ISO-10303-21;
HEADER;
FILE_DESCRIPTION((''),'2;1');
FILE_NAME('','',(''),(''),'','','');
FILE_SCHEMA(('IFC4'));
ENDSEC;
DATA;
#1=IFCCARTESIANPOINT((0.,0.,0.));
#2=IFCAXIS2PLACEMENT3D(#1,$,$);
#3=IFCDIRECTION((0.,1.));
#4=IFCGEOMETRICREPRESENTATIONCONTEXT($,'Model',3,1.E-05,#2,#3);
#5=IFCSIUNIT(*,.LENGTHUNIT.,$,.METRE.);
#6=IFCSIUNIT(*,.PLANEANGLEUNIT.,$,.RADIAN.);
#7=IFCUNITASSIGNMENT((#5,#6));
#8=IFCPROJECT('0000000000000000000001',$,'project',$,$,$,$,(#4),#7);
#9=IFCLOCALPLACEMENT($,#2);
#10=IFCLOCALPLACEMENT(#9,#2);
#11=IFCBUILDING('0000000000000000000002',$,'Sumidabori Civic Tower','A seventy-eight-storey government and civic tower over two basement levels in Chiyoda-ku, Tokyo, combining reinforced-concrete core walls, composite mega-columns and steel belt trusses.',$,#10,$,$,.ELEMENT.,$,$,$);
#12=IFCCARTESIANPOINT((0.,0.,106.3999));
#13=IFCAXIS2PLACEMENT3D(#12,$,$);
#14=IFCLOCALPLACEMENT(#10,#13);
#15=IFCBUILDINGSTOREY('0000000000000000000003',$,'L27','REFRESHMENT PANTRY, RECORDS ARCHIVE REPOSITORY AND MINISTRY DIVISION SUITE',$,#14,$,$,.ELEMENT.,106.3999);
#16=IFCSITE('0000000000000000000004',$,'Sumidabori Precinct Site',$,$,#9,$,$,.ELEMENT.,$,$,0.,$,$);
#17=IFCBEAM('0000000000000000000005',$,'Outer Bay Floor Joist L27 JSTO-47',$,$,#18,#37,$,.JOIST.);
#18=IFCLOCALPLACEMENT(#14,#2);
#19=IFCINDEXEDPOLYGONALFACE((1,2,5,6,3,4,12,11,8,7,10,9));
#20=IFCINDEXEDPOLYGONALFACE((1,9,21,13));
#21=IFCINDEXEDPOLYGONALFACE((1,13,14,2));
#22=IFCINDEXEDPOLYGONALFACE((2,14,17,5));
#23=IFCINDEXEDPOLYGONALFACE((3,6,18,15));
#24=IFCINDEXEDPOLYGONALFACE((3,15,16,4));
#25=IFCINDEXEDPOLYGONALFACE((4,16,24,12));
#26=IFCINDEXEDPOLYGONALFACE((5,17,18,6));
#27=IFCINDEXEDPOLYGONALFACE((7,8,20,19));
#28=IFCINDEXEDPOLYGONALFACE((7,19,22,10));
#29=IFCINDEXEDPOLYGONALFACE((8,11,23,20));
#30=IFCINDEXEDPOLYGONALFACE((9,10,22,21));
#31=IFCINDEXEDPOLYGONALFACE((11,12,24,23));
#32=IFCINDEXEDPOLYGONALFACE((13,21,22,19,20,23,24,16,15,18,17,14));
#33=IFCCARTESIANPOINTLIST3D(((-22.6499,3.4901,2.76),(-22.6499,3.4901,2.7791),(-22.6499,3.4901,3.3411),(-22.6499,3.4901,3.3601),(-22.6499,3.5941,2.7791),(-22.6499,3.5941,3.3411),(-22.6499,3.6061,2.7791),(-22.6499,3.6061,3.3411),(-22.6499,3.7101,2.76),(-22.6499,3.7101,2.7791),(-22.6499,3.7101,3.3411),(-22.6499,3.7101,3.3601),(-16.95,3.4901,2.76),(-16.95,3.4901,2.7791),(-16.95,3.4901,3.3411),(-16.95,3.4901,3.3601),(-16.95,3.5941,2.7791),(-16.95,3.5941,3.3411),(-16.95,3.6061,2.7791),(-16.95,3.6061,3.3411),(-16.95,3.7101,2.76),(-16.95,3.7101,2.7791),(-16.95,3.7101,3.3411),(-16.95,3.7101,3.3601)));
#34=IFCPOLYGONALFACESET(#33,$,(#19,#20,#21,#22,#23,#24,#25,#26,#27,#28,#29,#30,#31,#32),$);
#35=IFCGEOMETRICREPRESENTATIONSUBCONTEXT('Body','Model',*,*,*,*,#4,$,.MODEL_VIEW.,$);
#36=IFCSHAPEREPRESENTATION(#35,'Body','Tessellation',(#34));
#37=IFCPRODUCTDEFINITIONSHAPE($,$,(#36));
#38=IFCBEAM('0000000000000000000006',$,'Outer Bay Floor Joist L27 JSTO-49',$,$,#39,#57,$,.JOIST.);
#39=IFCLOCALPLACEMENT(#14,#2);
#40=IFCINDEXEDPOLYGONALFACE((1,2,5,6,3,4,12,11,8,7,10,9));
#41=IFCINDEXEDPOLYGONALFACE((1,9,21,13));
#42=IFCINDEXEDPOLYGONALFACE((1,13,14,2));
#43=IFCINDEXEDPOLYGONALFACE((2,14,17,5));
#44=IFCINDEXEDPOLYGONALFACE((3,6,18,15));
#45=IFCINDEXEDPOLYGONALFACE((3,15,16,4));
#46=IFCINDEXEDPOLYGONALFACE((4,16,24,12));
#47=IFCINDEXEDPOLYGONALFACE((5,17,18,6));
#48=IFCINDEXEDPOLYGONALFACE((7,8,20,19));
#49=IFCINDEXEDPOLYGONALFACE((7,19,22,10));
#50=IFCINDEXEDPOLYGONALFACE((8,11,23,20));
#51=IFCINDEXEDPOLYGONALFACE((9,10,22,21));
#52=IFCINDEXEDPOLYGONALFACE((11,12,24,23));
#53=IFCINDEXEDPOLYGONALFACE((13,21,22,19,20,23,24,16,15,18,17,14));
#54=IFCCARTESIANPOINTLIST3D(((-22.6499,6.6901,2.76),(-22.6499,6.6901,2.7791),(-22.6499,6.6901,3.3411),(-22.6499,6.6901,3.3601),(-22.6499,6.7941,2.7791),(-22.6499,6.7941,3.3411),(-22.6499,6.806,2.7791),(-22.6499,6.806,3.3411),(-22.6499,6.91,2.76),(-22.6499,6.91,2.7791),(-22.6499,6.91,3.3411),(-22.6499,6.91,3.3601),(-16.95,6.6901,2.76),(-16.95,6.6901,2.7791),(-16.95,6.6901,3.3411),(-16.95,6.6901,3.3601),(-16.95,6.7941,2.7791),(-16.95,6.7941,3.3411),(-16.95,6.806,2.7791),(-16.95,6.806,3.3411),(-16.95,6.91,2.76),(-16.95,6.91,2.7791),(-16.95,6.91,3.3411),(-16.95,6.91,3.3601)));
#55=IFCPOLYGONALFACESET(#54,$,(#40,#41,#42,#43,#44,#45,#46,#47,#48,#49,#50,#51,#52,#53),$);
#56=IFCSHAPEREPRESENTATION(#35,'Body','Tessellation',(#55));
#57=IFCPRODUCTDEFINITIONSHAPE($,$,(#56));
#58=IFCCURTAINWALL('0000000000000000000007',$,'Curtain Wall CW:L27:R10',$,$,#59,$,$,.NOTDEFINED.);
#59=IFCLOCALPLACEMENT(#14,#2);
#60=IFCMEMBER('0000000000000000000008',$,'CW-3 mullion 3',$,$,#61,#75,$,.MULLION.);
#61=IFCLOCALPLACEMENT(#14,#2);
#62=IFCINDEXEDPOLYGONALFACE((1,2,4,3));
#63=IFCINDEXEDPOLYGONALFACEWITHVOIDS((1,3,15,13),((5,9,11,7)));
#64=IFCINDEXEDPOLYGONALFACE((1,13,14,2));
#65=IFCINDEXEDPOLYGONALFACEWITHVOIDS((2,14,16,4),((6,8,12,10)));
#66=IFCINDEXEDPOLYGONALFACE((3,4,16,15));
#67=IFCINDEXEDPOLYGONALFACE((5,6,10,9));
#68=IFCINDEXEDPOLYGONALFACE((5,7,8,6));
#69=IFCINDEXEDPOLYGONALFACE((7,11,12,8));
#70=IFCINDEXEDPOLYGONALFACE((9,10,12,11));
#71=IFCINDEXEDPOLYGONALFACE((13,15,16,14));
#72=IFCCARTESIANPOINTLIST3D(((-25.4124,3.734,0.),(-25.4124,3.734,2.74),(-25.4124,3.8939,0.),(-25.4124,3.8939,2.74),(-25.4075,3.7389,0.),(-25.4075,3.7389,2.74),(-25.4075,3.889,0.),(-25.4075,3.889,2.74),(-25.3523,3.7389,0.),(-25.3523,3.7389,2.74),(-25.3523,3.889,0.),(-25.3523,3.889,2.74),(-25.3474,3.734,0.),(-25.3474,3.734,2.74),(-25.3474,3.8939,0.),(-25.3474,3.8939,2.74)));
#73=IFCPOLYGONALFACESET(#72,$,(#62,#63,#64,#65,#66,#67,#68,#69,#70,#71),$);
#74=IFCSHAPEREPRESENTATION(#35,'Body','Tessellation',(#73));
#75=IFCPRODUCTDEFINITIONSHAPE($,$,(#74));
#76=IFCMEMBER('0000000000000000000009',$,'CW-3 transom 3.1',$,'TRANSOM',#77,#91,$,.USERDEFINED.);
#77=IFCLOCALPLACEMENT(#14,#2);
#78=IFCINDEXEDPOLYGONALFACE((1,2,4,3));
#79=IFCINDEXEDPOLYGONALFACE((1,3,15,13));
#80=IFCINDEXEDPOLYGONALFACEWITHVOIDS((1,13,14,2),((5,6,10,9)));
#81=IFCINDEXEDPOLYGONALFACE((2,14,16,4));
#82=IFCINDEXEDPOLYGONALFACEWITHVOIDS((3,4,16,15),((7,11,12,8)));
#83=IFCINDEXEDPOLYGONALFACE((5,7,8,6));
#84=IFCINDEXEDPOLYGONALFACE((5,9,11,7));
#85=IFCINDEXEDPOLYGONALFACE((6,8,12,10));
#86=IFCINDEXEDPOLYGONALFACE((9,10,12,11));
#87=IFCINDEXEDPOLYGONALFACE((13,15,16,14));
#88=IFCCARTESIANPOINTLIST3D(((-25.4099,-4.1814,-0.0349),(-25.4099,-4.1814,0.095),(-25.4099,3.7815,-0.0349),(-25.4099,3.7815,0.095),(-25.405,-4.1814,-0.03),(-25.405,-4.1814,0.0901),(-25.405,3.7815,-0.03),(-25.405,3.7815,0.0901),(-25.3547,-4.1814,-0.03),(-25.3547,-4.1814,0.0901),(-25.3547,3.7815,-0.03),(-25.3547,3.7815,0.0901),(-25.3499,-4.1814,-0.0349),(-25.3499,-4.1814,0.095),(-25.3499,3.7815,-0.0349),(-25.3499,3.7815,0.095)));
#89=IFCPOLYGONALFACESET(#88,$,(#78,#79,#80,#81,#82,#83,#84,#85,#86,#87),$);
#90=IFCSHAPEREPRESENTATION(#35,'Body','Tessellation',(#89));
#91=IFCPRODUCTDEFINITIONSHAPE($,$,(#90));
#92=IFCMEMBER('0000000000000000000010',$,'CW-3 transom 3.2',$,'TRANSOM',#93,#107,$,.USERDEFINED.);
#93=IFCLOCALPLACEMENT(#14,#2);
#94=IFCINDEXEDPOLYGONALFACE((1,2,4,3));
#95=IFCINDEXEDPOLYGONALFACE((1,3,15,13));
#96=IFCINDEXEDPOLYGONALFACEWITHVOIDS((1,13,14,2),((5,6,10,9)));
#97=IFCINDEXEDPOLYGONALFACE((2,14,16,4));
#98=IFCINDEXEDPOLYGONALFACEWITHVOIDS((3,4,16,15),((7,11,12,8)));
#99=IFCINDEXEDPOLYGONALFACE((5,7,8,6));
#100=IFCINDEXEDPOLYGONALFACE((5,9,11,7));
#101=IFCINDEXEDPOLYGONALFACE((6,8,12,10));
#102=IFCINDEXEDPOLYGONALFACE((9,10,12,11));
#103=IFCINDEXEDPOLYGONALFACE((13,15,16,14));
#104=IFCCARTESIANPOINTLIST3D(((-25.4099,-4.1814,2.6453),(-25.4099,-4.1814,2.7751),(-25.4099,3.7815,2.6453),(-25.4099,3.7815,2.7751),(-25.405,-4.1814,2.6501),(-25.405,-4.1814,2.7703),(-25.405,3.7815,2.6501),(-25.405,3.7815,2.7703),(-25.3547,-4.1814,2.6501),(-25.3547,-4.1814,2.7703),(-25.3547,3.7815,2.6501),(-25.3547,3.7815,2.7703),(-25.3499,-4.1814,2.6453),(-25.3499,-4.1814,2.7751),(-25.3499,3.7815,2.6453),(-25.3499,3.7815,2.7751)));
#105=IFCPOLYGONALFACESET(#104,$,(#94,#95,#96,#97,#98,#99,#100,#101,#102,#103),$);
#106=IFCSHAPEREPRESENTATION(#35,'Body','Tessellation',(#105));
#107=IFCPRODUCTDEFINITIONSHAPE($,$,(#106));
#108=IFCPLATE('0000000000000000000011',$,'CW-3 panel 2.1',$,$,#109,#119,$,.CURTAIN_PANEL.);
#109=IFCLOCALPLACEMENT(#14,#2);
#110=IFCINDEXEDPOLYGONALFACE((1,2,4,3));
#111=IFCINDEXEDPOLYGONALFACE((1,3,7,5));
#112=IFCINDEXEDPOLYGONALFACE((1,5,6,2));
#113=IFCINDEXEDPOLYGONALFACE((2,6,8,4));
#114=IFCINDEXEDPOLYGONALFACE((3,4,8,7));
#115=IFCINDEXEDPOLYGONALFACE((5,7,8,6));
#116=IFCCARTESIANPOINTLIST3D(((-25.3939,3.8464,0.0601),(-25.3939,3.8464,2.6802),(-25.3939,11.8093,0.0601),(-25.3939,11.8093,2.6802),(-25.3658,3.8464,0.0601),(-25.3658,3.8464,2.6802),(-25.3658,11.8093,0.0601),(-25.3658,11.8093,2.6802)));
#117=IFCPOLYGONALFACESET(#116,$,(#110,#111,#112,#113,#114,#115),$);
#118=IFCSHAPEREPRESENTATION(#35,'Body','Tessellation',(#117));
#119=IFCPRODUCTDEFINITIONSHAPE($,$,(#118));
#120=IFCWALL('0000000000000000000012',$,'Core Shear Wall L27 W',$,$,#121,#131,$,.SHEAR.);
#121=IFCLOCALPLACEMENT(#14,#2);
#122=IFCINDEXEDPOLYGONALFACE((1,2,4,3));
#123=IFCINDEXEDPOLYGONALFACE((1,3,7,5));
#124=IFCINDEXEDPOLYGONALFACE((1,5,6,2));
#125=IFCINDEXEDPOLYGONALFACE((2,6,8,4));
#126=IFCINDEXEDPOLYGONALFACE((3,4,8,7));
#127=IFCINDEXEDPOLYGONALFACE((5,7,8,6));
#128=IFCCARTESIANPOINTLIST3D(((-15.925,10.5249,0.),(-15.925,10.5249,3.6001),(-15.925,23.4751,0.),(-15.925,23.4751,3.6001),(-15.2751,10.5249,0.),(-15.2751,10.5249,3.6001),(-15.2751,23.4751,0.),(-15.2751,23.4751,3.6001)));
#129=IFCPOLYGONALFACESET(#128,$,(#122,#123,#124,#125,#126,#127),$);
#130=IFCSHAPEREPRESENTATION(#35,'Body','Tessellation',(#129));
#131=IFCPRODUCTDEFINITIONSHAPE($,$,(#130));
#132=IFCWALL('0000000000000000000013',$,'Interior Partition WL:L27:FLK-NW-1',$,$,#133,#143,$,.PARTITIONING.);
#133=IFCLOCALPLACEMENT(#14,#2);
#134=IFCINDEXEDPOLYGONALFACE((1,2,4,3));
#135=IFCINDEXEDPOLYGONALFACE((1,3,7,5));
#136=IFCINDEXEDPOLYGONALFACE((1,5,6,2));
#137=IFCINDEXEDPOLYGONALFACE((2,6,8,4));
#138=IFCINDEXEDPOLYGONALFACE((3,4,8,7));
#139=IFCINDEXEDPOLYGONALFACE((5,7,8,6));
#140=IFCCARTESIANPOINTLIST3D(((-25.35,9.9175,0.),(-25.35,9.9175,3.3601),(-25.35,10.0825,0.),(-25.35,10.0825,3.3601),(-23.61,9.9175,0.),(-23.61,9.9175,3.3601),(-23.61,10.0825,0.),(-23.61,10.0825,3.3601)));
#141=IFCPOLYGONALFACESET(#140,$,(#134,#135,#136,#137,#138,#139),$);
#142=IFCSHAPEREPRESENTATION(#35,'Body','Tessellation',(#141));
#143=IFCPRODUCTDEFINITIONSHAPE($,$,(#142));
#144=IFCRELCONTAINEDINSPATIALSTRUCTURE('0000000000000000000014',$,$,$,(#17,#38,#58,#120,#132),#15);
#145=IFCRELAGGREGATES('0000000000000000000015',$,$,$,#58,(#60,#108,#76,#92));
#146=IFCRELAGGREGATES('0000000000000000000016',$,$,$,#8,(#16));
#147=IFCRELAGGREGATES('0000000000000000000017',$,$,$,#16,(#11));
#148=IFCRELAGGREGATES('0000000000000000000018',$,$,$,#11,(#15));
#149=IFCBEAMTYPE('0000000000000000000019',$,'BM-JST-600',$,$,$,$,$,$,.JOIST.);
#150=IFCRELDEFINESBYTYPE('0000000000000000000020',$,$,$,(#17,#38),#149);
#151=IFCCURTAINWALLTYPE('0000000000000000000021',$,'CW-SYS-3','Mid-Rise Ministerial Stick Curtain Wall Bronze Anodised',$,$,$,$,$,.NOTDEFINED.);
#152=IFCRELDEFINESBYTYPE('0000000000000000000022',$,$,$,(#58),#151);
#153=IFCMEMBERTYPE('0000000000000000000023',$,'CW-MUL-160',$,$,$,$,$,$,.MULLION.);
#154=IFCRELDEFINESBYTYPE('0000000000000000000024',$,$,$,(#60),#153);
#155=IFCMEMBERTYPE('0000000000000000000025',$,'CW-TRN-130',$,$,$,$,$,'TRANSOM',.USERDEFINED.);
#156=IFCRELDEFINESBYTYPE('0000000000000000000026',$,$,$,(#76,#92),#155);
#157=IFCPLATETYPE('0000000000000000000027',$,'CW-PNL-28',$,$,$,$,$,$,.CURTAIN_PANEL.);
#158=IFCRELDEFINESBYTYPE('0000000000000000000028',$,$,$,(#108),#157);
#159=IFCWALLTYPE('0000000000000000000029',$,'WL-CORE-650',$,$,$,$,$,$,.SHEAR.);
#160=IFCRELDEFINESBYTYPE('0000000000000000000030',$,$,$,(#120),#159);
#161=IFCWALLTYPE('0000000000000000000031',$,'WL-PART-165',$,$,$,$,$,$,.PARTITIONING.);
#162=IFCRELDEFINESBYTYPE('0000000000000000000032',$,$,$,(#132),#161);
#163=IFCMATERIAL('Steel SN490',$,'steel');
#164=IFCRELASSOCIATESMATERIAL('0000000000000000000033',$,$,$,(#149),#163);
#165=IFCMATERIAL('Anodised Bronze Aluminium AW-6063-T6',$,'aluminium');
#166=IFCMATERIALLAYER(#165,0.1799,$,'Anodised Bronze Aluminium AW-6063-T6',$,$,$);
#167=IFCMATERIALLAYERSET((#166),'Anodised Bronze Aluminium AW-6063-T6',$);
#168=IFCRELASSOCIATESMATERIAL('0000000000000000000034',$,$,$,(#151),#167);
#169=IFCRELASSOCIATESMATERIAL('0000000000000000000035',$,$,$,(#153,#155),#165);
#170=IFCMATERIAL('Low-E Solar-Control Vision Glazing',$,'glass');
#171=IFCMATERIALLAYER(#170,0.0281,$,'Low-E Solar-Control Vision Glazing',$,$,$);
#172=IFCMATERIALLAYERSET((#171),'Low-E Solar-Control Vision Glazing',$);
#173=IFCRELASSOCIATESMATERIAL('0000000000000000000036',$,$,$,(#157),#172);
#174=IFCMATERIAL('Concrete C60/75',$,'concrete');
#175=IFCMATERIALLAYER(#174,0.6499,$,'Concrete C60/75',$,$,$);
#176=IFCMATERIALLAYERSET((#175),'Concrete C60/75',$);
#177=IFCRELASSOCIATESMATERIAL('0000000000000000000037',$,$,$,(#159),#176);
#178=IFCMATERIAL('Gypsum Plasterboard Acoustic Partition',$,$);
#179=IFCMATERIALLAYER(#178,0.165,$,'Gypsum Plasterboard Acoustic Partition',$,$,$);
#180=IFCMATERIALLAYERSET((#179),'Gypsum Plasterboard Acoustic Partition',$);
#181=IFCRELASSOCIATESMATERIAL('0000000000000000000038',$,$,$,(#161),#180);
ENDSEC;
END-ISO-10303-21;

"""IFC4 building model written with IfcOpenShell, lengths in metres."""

from ifc_helpers import new_model, si_unit, direction, frame, frame_2d, origin, origin_2d, place, context, subcontext, project, spatial, rectangle, hollow_rectangle, i_section, extrude, source, transform, mapped, material, layer, layer_set, material_profile, profile_set, type_object, element, aggregate, save


model = new_model("IFC4")

# Units and contexts
model_context = context("Model", 3, precision=1e-05, world=origin(), true_north=direction((0.0, 1.0)))
body_context = subcontext(model_context, "Body", "Model", "MODEL_VIEW")
ifc_project = project(units=[si_unit("LENGTHUNIT", "METRE"), si_unit("PLANEANGLEUNIT", "RADIAN")], contexts=[model_context])

# Site, building, storey
site_placement = place(None, origin())
site = spatial("IfcSite", under=ifc_project, at=site_placement, Name="Sumidabori Precinct Site", CompositionType="ELEMENT", RefElevation=0.0)
building_placement = place(site_placement, origin())
building = spatial("IfcBuilding", under=site, at=building_placement, Name="Sumidabori Civic Tower", Description="A seventy-eight-storey government and civic tower over two basement levels in Chiyoda-ku, Tokyo, combining reinforced-concrete core walls, composite mega-columns and steel belt trusses.", CompositionType="ELEMENT")
storey_placement = place(building_placement, frame((0.0, 0.0, 106.3999)))
storey = spatial("IfcBuildingStorey", under=building, at=storey_placement, Name="L27", Description="REFRESHMENT PANTRY, RECORDS ARCHIVE REPOSITORY AND MINISTRY DIVISION SUITE", CompositionType="ELEMENT", Elevation=106.3999)

# Shared definitions
ifc_material_1 = material(Name="Concrete C60/75", Category="concrete")

# Beams
ifc_material_2 = material(Name="Steel SN490", Category="steel")
ifc_material_profile_1 = material_profile(ifc_material_2, i_section(OverallWidth=0.22, OverallDepth=0.6001, WebThickness=0.012, FlangeThickness=0.019, at=origin_2d()), Name="IPE 600")
ifc_profile_set_1 = profile_set([ifc_material_profile_1], Name="Steel SN490")
beam_type_1 = type_object("IfcBeamType", Name="BM-JST-600", PredefinedType="JOIST", material=ifc_profile_set_1)
shared_shape_1 = source(origin(), body_context, "Body", "SweptSolid", [
    extrude(i_section(OverallWidth=0.22, OverallDepth=0.6001, WebThickness=0.012, FlangeThickness=0.019, at=origin_2d()), origin(), (0.0, 0.0, 1.0), 5.7),
])
for number, where, z_axis, x_axis, name in (
    (1, (-22.6499, 3.6001, 3.0601), (1.0, 0.0, 0.0), (0.0, 1.0, 0.0), "Outer Bay Floor Joist L27 JSTO-47"),
    (2, (-22.6499, 6.8, 3.0601), (1.0, 0.0, 0.0), (0.0, 1.0, 0.0), "Outer Bay Floor Joist L27 JSTO-49"),
):
    element("IfcBeam", number, at=place(storey_placement, frame(where, z_axis=z_axis, x_axis=x_axis)), inside=storey, type_object=beam_type_1, Name=name, PredefinedType="JOIST", context=body_context, shape_type="MappedRepresentation", body=[
        mapped(shared_shape_1, transform((0.0, 0.0, 0.0), x_axis=(1.0, 0.0, 0.0), y_axis=(0.0, 1.0, 0.0), z_axis=(0.0, 0.0, 1.0), scale=1.0)),
    ])

# Curtain wall, members, plate
ifc_material_3 = material(Name="Anodised Bronze Aluminium AW-6063-T6", Category="aluminium")
ifc_layer_1 = layer(ifc_material_3, 0.1799, Name="Anodised Bronze Aluminium AW-6063-T6")
ifc_layer_set_1 = layer_set([ifc_layer_1], Name="Anodised Bronze Aluminium AW-6063-T6")
curtain_wall_type = type_object("IfcCurtainWallType", Name="CW-SYS-3", Description="Mid-Rise Ministerial Stick Curtain Wall Bronze Anodised", PredefinedType="NOTDEFINED", material=ifc_layer_set_1)
curtain_wall_placement = place(storey_placement, origin())
curtain_wall = element("IfcCurtainWall", 3, at=curtain_wall_placement, inside=storey, type_object=curtain_wall_type, Name="Curtain Wall CW:L27:R10", PredefinedType="NOTDEFINED")
ifc_material_profile_2 = material_profile(ifc_material_3, hollow_rectangle(XDim=0.0649, YDim=0.1599, WallThickness=0.0049, at=origin_2d()), Name="ALU MULLION 160x65")
ifc_profile_set_2 = profile_set([ifc_material_profile_2], Name="Anodised Bronze Aluminium AW-6063-T6")
member_type_1 = type_object("IfcMemberType", Name="CW-MUL-160", PredefinedType="MULLION", material=ifc_profile_set_2)
shared_shape_2 = source(origin(), body_context, "Body", "SweptSolid", [
    extrude(hollow_rectangle(XDim=0.0649, YDim=0.1599, WallThickness=0.0049, at=origin_2d()), origin(), (0.0, 0.0, 1.0), 2.74),
])
member_1_placement = place(storey_placement, frame((-25.3799, 3.814, 0.0), z_axis=(0.0, 0.0, 1.0), x_axis=(1.0, 0.0, 0.0)))
member_1 = element("IfcMember", 4, at=member_1_placement, type_object=member_type_1, Name="CW-3 mullion 3", PredefinedType="MULLION", context=body_context, shape_type="MappedRepresentation", body=[
    mapped(shared_shape_2, transform((0.0, 0.0, 0.0), x_axis=(1.0, 0.0, 0.0), y_axis=(0.0, 1.0, 0.0), z_axis=(0.0, 0.0, 1.0), scale=1.0)),
])
ifc_material_profile_3 = material_profile(ifc_material_3, hollow_rectangle(XDim=0.0601, YDim=0.1299, WallThickness=0.0049, at=origin_2d()), Name="ALU TRANSOM 130x60")
ifc_profile_set_3 = profile_set([ifc_material_profile_3], Name="Anodised Bronze Aluminium AW-6063-T6")
member_type_2 = type_object("IfcMemberType", Name="CW-TRN-130", ElementType="TRANSOM", PredefinedType="USERDEFINED", material=ifc_profile_set_3)
shared_shape_3 = source(origin(), body_context, "Body", "SweptSolid", [
    extrude(hollow_rectangle(XDim=0.0601, YDim=0.1299, WallThickness=0.0049, at=origin_2d()), origin(), (0.0, 0.0, 1.0), 7.9629),
])
member_2_placement = place(storey_placement, frame((-25.3799, 3.7815, 0.03), z_axis=(0.0, -1.0, 0.0), x_axis=(1.0, 0.0, 0.0)))
member_2 = element("IfcMember", 5, at=member_2_placement, type_object=member_type_2, Name="CW-3 transom 3.1", ObjectType="TRANSOM", PredefinedType="USERDEFINED", context=body_context, shape_type="MappedRepresentation", body=[
    mapped(shared_shape_3, transform((0.0, 0.0, 0.0), x_axis=(1.0, 0.0, 0.0), y_axis=(0.0, 1.0, 0.0), z_axis=(0.0, 0.0, 1.0), scale=1.0)),
])
member_3_placement = place(storey_placement, frame((-25.3799, 3.7815, 2.7102), z_axis=(0.0, -1.0, 0.0), x_axis=(1.0, 0.0, 0.0)))
member_3 = element("IfcMember", 6, at=member_3_placement, type_object=member_type_2, Name="CW-3 transom 3.2", ObjectType="TRANSOM", PredefinedType="USERDEFINED", context=body_context, shape_type="MappedRepresentation", body=[
    mapped(shared_shape_3, transform((0.0, 0.0, 0.0), x_axis=(1.0, 0.0, 0.0), y_axis=(0.0, 1.0, 0.0), z_axis=(0.0, 0.0, 1.0), scale=1.0)),
])
ifc_material_4 = material(Name="Low-E Solar-Control Vision Glazing", Category="glass")
ifc_layer_2 = layer(ifc_material_4, 0.0281, Name="Low-E Solar-Control Vision Glazing")
ifc_layer_set_2 = layer_set([ifc_layer_2], Name="Low-E Solar-Control Vision Glazing")
plate_type = type_object("IfcPlateType", Name="CW-PNL-28", PredefinedType="CURTAIN_PANEL", material=ifc_layer_set_2)
shared_shape_4 = source(origin(), body_context, "Body", "SweptSolid", [
    extrude(rectangle(XDim=7.9629, YDim=0.0281, at=origin_2d()), origin(), (0.0, 0.0, 1.0), 2.6201),
])
plate_placement = place(storey_placement, frame((-25.3799, 7.8279, 0.0601), z_axis=(0.0, 0.0, 1.0), x_axis=(0.0, -1.0, 0.0)))
plate = element("IfcPlate", 7, at=plate_placement, type_object=plate_type, Name="CW-3 panel 2.1", PredefinedType="CURTAIN_PANEL", context=body_context, shape_type="MappedRepresentation", body=[
    mapped(shared_shape_4, transform((0.0, 0.0, 0.0), x_axis=(1.0, 0.0, 0.0), y_axis=(0.0, 1.0, 0.0), z_axis=(0.0, 0.0, 1.0), scale=1.0)),
])
aggregate(curtain_wall, [member_1, plate, member_2, member_3])

# Shared definitions
ifc_layer_3 = layer(ifc_material_1, 0.6499, Name="Concrete C60/75")
ifc_layer_set_3 = layer_set([ifc_layer_3], Name="Concrete C60/75")
wall_type_1 = type_object("IfcWallType", Name="WL-CORE-650", PredefinedType="SHEAR", material=ifc_layer_set_3)

# Walls
shared_shape_5 = source(origin(), body_context, "Body", "SweptSolid", [
    extrude(rectangle(XDim=12.9502, YDim=0.6499, at=frame_2d((6.4751, 0.0))), origin(), (0.0, 0.0, 1.0), 3.6001),
])
wall_1_placement = place(storey_placement, frame((-15.6001, 10.5249, 0.0), z_axis=(0.0, 0.0, 1.0), x_axis=(0.0, 1.0, 0.0)))
element("IfcWall", 8, at=wall_1_placement, inside=storey, type_object=wall_type_1, Name="Core Shear Wall L27 W", PredefinedType="SHEAR", context=body_context, shape_type="MappedRepresentation", body=[
    mapped(shared_shape_5, transform((0.0, 0.0, 0.0), x_axis=(1.0, 0.0, 0.0), y_axis=(0.0, 1.0, 0.0), z_axis=(0.0, 0.0, 1.0), scale=1.0)),
])
ifc_material_5 = material(Name="Gypsum Plasterboard Acoustic Partition")
ifc_layer_4 = layer(ifc_material_5, 0.165, Name="Gypsum Plasterboard Acoustic Partition")
ifc_layer_set_4 = layer_set([ifc_layer_4], Name="Gypsum Plasterboard Acoustic Partition")
wall_type_2 = type_object("IfcWallType", Name="WL-PART-165", PredefinedType="PARTITIONING", material=ifc_layer_set_4)
shared_shape_6 = source(origin(), body_context, "Body", "SweptSolid", [
    extrude(rectangle(XDim=1.74, YDim=0.165, at=frame_2d((0.8701, 0.0))), origin(), (0.0, 0.0, 1.0), 3.3601),
])
wall_2_placement = place(storey_placement, frame((-25.3501, 10.0, 0.0), z_axis=(0.0, 0.0, 1.0), x_axis=(1.0, 0.0, 0.0)))
element("IfcWall", 9, at=wall_2_placement, inside=storey, type_object=wall_type_2, Name="Interior Partition WL:L27:FLK-NW-1", PredefinedType="PARTITIONING", context=body_context, shape_type="MappedRepresentation", body=[
    mapped(shared_shape_6, transform((0.0, 0.0, 0.0), x_axis=(1.0, 0.0, 0.0), y_axis=(0.0, 1.0, 0.0), z_axis=(0.0, 0.0, 1.0), scale=1.0)),
])

save(model, "model.ifc")
